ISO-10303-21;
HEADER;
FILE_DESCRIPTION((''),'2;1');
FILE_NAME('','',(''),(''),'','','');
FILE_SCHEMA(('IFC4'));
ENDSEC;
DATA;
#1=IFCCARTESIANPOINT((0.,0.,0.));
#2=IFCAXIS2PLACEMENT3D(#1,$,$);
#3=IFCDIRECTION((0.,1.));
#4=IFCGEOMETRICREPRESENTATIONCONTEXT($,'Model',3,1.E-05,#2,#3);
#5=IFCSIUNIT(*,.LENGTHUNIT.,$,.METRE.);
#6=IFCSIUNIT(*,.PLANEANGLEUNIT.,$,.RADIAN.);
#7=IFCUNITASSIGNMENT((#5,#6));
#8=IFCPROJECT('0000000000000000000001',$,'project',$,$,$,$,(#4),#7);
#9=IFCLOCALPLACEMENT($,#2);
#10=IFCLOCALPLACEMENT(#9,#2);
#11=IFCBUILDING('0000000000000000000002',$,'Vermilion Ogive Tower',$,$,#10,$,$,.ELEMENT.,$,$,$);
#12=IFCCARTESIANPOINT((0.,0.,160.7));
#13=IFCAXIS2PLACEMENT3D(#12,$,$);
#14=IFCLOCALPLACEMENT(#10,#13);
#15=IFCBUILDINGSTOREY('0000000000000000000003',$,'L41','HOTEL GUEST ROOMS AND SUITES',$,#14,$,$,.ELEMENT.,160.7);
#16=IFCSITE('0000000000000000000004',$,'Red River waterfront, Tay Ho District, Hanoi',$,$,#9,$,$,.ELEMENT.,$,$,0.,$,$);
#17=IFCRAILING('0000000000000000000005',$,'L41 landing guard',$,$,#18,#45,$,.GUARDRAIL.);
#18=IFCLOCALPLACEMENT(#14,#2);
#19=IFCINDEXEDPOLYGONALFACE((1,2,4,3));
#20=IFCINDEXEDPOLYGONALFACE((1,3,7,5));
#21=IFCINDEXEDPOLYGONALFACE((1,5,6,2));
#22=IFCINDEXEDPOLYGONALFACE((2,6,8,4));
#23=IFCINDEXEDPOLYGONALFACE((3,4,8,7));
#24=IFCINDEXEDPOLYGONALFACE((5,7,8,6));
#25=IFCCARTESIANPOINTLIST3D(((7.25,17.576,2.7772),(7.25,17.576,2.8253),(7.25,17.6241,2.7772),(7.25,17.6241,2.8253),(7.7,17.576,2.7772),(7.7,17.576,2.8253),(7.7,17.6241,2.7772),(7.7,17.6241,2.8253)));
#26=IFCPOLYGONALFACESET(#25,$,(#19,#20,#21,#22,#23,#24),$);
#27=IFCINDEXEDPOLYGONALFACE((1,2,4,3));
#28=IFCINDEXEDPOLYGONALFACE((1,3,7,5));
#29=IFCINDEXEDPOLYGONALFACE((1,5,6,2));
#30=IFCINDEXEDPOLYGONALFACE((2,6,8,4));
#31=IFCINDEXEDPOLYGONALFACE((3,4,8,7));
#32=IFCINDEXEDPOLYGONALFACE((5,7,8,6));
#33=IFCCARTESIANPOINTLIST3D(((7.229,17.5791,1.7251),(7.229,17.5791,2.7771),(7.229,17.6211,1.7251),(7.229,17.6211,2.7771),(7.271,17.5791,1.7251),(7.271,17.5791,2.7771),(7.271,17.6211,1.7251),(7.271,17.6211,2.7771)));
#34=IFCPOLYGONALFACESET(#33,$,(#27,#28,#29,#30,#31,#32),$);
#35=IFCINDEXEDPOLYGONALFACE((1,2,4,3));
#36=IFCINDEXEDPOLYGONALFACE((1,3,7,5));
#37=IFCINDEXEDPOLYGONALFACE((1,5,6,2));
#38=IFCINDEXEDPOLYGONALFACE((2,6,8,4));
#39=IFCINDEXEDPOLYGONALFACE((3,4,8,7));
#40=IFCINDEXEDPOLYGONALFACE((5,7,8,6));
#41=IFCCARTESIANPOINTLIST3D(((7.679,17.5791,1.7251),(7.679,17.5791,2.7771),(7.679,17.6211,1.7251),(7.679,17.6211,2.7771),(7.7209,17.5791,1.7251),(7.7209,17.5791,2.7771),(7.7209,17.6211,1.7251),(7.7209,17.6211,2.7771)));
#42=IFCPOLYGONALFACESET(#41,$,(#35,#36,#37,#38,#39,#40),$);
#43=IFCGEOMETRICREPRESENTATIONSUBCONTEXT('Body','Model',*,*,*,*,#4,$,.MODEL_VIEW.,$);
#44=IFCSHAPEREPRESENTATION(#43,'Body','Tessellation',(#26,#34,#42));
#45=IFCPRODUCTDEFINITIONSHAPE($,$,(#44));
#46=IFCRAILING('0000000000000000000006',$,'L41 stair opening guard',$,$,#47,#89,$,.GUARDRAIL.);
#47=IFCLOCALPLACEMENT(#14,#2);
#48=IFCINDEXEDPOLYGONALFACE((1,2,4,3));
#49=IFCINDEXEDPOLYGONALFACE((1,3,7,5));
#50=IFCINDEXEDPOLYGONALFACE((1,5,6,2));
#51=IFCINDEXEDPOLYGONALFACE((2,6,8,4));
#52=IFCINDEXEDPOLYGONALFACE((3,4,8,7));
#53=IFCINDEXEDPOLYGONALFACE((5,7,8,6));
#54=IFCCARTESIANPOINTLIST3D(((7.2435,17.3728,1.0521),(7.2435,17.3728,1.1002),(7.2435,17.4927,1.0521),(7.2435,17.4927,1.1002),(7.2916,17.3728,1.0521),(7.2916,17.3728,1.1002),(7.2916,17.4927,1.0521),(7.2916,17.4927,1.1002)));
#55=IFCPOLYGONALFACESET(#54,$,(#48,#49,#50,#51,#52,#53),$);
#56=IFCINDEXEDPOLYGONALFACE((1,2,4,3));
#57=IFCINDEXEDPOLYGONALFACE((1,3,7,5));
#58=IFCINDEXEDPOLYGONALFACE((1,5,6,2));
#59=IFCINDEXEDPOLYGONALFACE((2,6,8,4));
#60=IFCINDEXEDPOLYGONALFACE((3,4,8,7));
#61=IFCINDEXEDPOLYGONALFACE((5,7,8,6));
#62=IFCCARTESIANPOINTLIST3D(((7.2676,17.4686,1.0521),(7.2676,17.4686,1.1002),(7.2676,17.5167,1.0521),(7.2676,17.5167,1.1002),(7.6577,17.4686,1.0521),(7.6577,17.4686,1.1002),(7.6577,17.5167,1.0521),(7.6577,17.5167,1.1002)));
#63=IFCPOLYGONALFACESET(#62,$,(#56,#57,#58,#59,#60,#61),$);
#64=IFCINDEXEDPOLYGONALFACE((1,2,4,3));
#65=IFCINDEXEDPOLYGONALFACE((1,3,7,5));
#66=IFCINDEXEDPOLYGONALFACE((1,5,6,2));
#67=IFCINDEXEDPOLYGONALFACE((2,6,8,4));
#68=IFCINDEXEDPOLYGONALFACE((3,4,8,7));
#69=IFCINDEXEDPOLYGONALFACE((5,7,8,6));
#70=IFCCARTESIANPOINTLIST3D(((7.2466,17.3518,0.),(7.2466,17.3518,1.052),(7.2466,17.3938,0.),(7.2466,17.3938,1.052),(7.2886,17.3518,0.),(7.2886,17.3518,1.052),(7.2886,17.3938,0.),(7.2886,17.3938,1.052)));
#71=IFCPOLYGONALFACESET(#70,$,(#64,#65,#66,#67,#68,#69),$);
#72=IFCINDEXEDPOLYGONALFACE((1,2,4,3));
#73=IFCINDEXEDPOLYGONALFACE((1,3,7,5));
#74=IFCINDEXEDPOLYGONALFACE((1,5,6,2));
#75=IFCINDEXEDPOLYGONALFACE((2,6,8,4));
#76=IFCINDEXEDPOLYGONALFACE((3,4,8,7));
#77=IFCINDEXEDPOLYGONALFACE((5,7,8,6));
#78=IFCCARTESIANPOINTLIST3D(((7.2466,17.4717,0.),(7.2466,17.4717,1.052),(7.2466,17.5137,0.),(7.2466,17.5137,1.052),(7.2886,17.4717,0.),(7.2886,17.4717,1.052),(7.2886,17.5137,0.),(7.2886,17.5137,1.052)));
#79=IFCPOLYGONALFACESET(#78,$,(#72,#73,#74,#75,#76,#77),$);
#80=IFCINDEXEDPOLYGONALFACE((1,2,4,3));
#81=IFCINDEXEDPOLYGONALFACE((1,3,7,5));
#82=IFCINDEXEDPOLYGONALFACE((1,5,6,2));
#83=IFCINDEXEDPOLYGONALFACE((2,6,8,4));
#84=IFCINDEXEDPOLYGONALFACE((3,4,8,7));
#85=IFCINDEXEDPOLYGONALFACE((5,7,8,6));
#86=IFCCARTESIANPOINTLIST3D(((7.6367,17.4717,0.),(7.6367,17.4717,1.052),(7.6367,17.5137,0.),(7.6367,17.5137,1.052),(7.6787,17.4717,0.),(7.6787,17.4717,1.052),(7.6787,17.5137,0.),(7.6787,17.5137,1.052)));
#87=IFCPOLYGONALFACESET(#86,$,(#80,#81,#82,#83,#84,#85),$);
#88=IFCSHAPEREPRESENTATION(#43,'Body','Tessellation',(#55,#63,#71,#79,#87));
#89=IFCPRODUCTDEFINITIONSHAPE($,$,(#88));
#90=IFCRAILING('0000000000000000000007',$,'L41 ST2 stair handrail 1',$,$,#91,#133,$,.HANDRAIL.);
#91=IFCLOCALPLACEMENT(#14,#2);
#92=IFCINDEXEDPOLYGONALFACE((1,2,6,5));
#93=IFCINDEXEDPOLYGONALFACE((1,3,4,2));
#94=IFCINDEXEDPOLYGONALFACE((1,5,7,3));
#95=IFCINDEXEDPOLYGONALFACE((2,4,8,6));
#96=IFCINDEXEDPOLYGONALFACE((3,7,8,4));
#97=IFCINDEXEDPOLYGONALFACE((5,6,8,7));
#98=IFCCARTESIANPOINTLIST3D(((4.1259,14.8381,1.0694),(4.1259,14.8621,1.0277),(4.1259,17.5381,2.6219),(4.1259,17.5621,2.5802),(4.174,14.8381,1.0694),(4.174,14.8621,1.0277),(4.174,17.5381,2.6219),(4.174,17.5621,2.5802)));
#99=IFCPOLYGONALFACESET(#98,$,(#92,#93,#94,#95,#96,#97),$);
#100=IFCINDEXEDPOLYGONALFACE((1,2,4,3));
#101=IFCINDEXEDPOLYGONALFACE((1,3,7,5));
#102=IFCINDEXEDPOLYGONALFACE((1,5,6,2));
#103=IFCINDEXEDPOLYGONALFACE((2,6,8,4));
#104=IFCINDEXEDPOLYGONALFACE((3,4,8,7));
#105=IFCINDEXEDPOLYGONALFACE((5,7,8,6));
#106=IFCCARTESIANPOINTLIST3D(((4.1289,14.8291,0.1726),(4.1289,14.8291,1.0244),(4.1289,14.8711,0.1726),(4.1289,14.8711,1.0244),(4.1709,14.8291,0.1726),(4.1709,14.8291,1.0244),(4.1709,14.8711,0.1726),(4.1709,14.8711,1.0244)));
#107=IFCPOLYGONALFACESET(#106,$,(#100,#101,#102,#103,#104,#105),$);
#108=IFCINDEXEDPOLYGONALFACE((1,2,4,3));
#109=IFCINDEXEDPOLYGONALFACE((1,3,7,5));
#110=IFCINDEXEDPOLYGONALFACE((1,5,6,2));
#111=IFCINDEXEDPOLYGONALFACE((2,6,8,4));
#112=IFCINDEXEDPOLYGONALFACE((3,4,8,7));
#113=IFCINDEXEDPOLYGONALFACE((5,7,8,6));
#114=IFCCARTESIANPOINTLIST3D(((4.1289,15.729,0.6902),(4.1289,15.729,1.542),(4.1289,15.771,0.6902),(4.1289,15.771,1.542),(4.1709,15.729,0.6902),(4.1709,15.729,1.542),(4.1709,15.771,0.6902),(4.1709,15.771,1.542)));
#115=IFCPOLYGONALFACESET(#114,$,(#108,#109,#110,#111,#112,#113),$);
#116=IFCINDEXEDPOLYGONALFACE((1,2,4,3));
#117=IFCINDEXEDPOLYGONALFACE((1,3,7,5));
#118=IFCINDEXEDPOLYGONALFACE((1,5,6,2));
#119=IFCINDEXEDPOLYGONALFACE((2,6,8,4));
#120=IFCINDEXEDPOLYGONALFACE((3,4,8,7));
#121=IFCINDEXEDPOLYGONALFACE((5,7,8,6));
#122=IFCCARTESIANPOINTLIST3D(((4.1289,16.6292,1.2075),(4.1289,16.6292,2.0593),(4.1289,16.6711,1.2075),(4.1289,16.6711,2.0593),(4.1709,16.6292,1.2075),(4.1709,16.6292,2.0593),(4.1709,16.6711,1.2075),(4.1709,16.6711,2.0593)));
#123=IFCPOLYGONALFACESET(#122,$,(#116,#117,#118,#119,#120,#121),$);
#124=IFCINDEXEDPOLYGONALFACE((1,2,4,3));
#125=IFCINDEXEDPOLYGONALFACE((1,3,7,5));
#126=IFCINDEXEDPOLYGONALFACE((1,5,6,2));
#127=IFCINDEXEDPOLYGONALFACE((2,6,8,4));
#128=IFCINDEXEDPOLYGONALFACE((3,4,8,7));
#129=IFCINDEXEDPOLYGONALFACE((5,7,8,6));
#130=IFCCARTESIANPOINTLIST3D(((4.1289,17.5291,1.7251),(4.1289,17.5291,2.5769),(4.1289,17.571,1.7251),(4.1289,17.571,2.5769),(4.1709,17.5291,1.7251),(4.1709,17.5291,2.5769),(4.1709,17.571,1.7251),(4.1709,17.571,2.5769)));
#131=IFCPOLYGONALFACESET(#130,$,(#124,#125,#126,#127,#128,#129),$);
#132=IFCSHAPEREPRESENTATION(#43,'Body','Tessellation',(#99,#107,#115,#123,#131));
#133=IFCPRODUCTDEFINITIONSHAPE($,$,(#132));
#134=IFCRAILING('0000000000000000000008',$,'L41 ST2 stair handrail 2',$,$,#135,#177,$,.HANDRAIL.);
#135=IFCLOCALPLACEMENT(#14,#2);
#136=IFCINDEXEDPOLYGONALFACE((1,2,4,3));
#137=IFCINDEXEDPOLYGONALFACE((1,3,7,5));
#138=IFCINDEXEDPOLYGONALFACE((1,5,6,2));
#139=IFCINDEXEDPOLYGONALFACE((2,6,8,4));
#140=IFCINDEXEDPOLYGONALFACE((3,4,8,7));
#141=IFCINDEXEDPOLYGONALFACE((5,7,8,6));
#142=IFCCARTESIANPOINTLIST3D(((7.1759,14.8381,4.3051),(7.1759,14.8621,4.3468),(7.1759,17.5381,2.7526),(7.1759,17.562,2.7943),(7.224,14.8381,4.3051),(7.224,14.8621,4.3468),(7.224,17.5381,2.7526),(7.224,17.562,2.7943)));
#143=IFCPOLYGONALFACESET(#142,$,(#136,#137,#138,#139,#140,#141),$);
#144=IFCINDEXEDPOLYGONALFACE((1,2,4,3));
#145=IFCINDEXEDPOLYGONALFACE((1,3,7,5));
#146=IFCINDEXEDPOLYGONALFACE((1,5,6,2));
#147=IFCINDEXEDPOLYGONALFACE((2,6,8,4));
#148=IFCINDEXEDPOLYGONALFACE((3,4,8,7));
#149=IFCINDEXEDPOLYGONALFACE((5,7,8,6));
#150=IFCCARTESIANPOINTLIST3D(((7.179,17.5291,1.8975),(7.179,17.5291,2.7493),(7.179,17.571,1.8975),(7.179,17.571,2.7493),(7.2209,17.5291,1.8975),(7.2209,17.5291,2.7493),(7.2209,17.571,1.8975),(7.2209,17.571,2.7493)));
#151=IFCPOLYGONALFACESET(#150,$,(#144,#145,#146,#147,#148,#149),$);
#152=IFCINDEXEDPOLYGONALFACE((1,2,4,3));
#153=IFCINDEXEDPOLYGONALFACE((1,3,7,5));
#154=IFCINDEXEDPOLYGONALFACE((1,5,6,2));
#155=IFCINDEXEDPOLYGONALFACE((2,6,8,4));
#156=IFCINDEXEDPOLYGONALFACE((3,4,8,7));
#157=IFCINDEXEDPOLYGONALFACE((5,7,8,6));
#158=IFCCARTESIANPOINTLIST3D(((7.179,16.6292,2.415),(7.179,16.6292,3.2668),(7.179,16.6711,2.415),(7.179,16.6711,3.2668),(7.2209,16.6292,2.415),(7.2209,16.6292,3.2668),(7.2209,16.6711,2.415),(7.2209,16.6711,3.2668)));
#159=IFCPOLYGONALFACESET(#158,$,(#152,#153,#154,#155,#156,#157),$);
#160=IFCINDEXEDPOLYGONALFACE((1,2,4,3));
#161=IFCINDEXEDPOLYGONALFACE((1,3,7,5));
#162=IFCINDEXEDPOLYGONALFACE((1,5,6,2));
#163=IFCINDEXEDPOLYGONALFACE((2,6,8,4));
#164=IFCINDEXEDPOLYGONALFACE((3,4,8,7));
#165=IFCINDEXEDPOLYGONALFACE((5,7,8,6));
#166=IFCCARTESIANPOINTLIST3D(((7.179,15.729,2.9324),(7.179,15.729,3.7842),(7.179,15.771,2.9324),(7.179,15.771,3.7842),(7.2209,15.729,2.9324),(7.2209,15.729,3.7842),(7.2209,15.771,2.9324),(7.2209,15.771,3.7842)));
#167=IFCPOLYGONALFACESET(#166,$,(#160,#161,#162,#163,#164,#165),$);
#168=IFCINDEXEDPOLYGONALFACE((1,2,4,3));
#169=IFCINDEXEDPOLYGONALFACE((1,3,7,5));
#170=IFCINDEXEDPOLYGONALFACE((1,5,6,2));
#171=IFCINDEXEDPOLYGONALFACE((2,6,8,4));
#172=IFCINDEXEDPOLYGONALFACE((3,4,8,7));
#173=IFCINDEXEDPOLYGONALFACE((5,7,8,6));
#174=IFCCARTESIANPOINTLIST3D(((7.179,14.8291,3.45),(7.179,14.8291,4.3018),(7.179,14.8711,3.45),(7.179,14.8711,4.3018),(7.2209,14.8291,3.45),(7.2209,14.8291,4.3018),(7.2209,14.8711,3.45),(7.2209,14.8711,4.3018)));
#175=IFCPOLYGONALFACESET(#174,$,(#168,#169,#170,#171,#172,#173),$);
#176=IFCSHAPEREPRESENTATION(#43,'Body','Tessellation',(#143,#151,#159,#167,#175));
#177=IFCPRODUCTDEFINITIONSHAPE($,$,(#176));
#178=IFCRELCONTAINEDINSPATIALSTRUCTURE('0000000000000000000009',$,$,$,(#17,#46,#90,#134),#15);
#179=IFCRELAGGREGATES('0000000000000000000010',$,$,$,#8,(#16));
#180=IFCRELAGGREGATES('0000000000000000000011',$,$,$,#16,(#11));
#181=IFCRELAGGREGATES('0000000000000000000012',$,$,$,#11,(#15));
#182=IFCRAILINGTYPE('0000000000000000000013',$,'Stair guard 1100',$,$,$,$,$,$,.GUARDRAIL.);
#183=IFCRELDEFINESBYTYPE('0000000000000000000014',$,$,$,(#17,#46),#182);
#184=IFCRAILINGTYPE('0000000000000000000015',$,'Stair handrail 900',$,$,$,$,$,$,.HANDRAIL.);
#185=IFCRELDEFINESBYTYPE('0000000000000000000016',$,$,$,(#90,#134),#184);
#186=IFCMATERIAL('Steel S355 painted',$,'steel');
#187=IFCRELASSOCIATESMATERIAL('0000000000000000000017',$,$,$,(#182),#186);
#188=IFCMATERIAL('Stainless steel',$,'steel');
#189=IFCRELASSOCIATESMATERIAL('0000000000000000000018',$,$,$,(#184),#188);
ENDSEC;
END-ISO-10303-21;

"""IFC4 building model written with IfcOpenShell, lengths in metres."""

from ifc_helpers import new_model, si_unit, direction, frame, origin, origin_2d, place, context, subcontext, project, spatial, rectangle, extrude, material, type_object, element, save


model = new_model("IFC4")

# Units and contexts
model_context = context("Model", 3, precision=1e-05, world=origin(), true_north=direction((0.0, 1.0)))
body_context = subcontext(model_context, "Body", "Model", "MODEL_VIEW")
ifc_project = project(units=[si_unit("LENGTHUNIT", "METRE"), si_unit("PLANEANGLEUNIT", "RADIAN")], contexts=[model_context])

# Site, building, storey
site_placement = place(None, origin())
site = spatial("IfcSite", under=ifc_project, at=site_placement, Name="Red River waterfront, Tay Ho District, Hanoi", CompositionType="ELEMENT", RefElevation=0.0)
building_placement = place(site_placement, origin())
building = spatial("IfcBuilding", under=site, at=building_placement, Name="Vermilion Ogive Tower", CompositionType="ELEMENT")
storey_placement = place(building_placement, frame((0.0, 0.0, 160.7)))
storey = spatial("IfcBuildingStorey", under=building, at=storey_placement, Name="L41", Description="HOTEL GUEST ROOMS AND SUITES", CompositionType="ELEMENT", Elevation=160.7)

# Railings
ifc_material_1 = material(Name="Steel S355 painted", Category="steel")
railing_type_1 = type_object("IfcRailingType", Name="Stair guard 1100", PredefinedType="GUARDRAIL", material=ifc_material_1)
railing_1_placement = place(storey_placement, frame((7.25, 17.6001, 1.7251)))
element("IfcRailing", 1, at=railing_1_placement, inside=storey, type_object=railing_type_1, Name="L41 landing guard", PredefinedType="GUARDRAIL", context=body_context, shape_type="SweptSolid", body=[
    extrude(rectangle(XDim=0.0481, YDim=0.0481, at=origin_2d()), frame((0.0, 0.0, 1.0762), z_axis=(1.0, 0.0, 0.0), x_axis=(0.0, 1.0, 0.0)), (0.0, 0.0, 1.0), 0.45),
    extrude(rectangle(XDim=0.042, YDim=0.042, at=origin_2d()), origin(), (0.0, 0.0, 1.0), 1.052),
    extrude(rectangle(XDim=0.042, YDim=0.042, at=origin_2d()), frame((0.45, 0.0, 0.0)), (0.0, 0.0, 1.0), 1.052),
])
railing_2_placement = place(storey_placement, frame((7.2676, 17.3728, 0.0)))
element("IfcRailing", 2, at=railing_2_placement, inside=storey, type_object=railing_type_1, Name="L41 stair opening guard", PredefinedType="GUARDRAIL", context=body_context, shape_type="SweptSolid", body=[
    extrude(rectangle(XDim=0.0481, YDim=0.0481, at=origin_2d()), frame((0.0, 0.0, 1.0762), z_axis=(0.0, 1.0, 0.0), x_axis=(-1.0, 0.0, 0.0)), (0.0, 0.0, 1.0), 0.1199),
    extrude(rectangle(XDim=0.0481, YDim=0.0481, at=origin_2d()), frame((0.0, 0.1199, 1.0762), z_axis=(1.0, 0.0, 0.0), x_axis=(0.0, 1.0, 0.0)), (0.0, 0.0, 1.0), 0.3901),
    extrude(rectangle(XDim=0.042, YDim=0.042, at=origin_2d()), origin(), (0.0, 0.0, 1.0), 1.052),
    extrude(rectangle(XDim=0.042, YDim=0.042, at=origin_2d()), frame((0.0, 0.1199, 0.0)), (0.0, 0.0, 1.0), 1.052),
    extrude(rectangle(XDim=0.042, YDim=0.042, at=origin_2d()), frame((0.3901, 0.1199, 0.0)), (0.0, 0.0, 1.0), 1.052),
])
ifc_material_2 = material(Name="Stainless steel", Category="steel")
railing_type_2 = type_object("IfcRailingType", Name="Stair handrail 900", PredefinedType="HANDRAIL", material=ifc_material_2)
railing_3_placement = place(storey_placement, frame((4.1499, 14.8501, 0.1726)))
element("IfcRailing", 3, at=railing_3_placement, inside=storey, type_object=railing_type_2, Name="L41 ST2 stair handrail 1", PredefinedType="HANDRAIL", context=body_context, shape_type="SweptSolid", body=[
    extrude(rectangle(XDim=0.0481, YDim=0.0481, at=origin_2d()), frame((0.0, 0.0, 0.876), z_axis=(0.0, 0.866904, 0.498476), x_axis=(-1.0, 0.0, 0.0)), (0.0, 0.0, 1.0), 3.1145),
    extrude(rectangle(XDim=0.042, YDim=0.042, at=origin_2d()), origin(), (0.0, 0.0, 1.0), 0.8518),
    extrude(rectangle(XDim=0.042, YDim=0.042, at=origin_2d()), frame((0.0, 0.8999, 0.5176)), (0.0, 0.0, 1.0), 0.8518),
    extrude(rectangle(XDim=0.042, YDim=0.042, at=origin_2d()), frame((0.0, 1.8, 1.0349)), (0.0, 0.0, 1.0), 0.8518),
    extrude(rectangle(XDim=0.042, YDim=0.042, at=origin_2d()), frame((0.0, 2.7, 1.5525)), (0.0, 0.0, 1.0), 0.8518),
])
railing_4_placement = place(storey_placement, frame((7.2, 17.55, 1.8975)))
element("IfcRailing", 4, at=railing_4_placement, inside=storey, type_object=railing_type_2, Name="L41 ST2 stair handrail 2", PredefinedType="HANDRAIL", context=body_context, shape_type="SweptSolid", body=[
    extrude(rectangle(XDim=0.0481, YDim=0.0481, at=origin_2d()), frame((0.0, 0.0, 0.876), z_axis=(0.0, -0.866904, 0.498476), x_axis=(1.0, 0.0, 0.0)), (0.0, 0.0, 1.0), 3.1145),
    extrude(rectangle(XDim=0.042, YDim=0.042, at=origin_2d()), origin(), (0.0, 0.0, 1.0), 0.8518),
    extrude(rectangle(XDim=0.042, YDim=0.042, at=origin_2d()), frame((0.0, -0.8999, 0.5176)), (0.0, 0.0, 1.0), 0.8518),
    extrude(rectangle(XDim=0.042, YDim=0.042, at=origin_2d()), frame((0.0, -1.8, 1.0349)), (0.0, 0.0, 1.0), 0.8518),
    extrude(rectangle(XDim=0.042, YDim=0.042, at=origin_2d()), frame((0.0, -2.7, 1.5525)), (0.0, 0.0, 1.0), 0.8518),
])

save(model, "model.ifc")
